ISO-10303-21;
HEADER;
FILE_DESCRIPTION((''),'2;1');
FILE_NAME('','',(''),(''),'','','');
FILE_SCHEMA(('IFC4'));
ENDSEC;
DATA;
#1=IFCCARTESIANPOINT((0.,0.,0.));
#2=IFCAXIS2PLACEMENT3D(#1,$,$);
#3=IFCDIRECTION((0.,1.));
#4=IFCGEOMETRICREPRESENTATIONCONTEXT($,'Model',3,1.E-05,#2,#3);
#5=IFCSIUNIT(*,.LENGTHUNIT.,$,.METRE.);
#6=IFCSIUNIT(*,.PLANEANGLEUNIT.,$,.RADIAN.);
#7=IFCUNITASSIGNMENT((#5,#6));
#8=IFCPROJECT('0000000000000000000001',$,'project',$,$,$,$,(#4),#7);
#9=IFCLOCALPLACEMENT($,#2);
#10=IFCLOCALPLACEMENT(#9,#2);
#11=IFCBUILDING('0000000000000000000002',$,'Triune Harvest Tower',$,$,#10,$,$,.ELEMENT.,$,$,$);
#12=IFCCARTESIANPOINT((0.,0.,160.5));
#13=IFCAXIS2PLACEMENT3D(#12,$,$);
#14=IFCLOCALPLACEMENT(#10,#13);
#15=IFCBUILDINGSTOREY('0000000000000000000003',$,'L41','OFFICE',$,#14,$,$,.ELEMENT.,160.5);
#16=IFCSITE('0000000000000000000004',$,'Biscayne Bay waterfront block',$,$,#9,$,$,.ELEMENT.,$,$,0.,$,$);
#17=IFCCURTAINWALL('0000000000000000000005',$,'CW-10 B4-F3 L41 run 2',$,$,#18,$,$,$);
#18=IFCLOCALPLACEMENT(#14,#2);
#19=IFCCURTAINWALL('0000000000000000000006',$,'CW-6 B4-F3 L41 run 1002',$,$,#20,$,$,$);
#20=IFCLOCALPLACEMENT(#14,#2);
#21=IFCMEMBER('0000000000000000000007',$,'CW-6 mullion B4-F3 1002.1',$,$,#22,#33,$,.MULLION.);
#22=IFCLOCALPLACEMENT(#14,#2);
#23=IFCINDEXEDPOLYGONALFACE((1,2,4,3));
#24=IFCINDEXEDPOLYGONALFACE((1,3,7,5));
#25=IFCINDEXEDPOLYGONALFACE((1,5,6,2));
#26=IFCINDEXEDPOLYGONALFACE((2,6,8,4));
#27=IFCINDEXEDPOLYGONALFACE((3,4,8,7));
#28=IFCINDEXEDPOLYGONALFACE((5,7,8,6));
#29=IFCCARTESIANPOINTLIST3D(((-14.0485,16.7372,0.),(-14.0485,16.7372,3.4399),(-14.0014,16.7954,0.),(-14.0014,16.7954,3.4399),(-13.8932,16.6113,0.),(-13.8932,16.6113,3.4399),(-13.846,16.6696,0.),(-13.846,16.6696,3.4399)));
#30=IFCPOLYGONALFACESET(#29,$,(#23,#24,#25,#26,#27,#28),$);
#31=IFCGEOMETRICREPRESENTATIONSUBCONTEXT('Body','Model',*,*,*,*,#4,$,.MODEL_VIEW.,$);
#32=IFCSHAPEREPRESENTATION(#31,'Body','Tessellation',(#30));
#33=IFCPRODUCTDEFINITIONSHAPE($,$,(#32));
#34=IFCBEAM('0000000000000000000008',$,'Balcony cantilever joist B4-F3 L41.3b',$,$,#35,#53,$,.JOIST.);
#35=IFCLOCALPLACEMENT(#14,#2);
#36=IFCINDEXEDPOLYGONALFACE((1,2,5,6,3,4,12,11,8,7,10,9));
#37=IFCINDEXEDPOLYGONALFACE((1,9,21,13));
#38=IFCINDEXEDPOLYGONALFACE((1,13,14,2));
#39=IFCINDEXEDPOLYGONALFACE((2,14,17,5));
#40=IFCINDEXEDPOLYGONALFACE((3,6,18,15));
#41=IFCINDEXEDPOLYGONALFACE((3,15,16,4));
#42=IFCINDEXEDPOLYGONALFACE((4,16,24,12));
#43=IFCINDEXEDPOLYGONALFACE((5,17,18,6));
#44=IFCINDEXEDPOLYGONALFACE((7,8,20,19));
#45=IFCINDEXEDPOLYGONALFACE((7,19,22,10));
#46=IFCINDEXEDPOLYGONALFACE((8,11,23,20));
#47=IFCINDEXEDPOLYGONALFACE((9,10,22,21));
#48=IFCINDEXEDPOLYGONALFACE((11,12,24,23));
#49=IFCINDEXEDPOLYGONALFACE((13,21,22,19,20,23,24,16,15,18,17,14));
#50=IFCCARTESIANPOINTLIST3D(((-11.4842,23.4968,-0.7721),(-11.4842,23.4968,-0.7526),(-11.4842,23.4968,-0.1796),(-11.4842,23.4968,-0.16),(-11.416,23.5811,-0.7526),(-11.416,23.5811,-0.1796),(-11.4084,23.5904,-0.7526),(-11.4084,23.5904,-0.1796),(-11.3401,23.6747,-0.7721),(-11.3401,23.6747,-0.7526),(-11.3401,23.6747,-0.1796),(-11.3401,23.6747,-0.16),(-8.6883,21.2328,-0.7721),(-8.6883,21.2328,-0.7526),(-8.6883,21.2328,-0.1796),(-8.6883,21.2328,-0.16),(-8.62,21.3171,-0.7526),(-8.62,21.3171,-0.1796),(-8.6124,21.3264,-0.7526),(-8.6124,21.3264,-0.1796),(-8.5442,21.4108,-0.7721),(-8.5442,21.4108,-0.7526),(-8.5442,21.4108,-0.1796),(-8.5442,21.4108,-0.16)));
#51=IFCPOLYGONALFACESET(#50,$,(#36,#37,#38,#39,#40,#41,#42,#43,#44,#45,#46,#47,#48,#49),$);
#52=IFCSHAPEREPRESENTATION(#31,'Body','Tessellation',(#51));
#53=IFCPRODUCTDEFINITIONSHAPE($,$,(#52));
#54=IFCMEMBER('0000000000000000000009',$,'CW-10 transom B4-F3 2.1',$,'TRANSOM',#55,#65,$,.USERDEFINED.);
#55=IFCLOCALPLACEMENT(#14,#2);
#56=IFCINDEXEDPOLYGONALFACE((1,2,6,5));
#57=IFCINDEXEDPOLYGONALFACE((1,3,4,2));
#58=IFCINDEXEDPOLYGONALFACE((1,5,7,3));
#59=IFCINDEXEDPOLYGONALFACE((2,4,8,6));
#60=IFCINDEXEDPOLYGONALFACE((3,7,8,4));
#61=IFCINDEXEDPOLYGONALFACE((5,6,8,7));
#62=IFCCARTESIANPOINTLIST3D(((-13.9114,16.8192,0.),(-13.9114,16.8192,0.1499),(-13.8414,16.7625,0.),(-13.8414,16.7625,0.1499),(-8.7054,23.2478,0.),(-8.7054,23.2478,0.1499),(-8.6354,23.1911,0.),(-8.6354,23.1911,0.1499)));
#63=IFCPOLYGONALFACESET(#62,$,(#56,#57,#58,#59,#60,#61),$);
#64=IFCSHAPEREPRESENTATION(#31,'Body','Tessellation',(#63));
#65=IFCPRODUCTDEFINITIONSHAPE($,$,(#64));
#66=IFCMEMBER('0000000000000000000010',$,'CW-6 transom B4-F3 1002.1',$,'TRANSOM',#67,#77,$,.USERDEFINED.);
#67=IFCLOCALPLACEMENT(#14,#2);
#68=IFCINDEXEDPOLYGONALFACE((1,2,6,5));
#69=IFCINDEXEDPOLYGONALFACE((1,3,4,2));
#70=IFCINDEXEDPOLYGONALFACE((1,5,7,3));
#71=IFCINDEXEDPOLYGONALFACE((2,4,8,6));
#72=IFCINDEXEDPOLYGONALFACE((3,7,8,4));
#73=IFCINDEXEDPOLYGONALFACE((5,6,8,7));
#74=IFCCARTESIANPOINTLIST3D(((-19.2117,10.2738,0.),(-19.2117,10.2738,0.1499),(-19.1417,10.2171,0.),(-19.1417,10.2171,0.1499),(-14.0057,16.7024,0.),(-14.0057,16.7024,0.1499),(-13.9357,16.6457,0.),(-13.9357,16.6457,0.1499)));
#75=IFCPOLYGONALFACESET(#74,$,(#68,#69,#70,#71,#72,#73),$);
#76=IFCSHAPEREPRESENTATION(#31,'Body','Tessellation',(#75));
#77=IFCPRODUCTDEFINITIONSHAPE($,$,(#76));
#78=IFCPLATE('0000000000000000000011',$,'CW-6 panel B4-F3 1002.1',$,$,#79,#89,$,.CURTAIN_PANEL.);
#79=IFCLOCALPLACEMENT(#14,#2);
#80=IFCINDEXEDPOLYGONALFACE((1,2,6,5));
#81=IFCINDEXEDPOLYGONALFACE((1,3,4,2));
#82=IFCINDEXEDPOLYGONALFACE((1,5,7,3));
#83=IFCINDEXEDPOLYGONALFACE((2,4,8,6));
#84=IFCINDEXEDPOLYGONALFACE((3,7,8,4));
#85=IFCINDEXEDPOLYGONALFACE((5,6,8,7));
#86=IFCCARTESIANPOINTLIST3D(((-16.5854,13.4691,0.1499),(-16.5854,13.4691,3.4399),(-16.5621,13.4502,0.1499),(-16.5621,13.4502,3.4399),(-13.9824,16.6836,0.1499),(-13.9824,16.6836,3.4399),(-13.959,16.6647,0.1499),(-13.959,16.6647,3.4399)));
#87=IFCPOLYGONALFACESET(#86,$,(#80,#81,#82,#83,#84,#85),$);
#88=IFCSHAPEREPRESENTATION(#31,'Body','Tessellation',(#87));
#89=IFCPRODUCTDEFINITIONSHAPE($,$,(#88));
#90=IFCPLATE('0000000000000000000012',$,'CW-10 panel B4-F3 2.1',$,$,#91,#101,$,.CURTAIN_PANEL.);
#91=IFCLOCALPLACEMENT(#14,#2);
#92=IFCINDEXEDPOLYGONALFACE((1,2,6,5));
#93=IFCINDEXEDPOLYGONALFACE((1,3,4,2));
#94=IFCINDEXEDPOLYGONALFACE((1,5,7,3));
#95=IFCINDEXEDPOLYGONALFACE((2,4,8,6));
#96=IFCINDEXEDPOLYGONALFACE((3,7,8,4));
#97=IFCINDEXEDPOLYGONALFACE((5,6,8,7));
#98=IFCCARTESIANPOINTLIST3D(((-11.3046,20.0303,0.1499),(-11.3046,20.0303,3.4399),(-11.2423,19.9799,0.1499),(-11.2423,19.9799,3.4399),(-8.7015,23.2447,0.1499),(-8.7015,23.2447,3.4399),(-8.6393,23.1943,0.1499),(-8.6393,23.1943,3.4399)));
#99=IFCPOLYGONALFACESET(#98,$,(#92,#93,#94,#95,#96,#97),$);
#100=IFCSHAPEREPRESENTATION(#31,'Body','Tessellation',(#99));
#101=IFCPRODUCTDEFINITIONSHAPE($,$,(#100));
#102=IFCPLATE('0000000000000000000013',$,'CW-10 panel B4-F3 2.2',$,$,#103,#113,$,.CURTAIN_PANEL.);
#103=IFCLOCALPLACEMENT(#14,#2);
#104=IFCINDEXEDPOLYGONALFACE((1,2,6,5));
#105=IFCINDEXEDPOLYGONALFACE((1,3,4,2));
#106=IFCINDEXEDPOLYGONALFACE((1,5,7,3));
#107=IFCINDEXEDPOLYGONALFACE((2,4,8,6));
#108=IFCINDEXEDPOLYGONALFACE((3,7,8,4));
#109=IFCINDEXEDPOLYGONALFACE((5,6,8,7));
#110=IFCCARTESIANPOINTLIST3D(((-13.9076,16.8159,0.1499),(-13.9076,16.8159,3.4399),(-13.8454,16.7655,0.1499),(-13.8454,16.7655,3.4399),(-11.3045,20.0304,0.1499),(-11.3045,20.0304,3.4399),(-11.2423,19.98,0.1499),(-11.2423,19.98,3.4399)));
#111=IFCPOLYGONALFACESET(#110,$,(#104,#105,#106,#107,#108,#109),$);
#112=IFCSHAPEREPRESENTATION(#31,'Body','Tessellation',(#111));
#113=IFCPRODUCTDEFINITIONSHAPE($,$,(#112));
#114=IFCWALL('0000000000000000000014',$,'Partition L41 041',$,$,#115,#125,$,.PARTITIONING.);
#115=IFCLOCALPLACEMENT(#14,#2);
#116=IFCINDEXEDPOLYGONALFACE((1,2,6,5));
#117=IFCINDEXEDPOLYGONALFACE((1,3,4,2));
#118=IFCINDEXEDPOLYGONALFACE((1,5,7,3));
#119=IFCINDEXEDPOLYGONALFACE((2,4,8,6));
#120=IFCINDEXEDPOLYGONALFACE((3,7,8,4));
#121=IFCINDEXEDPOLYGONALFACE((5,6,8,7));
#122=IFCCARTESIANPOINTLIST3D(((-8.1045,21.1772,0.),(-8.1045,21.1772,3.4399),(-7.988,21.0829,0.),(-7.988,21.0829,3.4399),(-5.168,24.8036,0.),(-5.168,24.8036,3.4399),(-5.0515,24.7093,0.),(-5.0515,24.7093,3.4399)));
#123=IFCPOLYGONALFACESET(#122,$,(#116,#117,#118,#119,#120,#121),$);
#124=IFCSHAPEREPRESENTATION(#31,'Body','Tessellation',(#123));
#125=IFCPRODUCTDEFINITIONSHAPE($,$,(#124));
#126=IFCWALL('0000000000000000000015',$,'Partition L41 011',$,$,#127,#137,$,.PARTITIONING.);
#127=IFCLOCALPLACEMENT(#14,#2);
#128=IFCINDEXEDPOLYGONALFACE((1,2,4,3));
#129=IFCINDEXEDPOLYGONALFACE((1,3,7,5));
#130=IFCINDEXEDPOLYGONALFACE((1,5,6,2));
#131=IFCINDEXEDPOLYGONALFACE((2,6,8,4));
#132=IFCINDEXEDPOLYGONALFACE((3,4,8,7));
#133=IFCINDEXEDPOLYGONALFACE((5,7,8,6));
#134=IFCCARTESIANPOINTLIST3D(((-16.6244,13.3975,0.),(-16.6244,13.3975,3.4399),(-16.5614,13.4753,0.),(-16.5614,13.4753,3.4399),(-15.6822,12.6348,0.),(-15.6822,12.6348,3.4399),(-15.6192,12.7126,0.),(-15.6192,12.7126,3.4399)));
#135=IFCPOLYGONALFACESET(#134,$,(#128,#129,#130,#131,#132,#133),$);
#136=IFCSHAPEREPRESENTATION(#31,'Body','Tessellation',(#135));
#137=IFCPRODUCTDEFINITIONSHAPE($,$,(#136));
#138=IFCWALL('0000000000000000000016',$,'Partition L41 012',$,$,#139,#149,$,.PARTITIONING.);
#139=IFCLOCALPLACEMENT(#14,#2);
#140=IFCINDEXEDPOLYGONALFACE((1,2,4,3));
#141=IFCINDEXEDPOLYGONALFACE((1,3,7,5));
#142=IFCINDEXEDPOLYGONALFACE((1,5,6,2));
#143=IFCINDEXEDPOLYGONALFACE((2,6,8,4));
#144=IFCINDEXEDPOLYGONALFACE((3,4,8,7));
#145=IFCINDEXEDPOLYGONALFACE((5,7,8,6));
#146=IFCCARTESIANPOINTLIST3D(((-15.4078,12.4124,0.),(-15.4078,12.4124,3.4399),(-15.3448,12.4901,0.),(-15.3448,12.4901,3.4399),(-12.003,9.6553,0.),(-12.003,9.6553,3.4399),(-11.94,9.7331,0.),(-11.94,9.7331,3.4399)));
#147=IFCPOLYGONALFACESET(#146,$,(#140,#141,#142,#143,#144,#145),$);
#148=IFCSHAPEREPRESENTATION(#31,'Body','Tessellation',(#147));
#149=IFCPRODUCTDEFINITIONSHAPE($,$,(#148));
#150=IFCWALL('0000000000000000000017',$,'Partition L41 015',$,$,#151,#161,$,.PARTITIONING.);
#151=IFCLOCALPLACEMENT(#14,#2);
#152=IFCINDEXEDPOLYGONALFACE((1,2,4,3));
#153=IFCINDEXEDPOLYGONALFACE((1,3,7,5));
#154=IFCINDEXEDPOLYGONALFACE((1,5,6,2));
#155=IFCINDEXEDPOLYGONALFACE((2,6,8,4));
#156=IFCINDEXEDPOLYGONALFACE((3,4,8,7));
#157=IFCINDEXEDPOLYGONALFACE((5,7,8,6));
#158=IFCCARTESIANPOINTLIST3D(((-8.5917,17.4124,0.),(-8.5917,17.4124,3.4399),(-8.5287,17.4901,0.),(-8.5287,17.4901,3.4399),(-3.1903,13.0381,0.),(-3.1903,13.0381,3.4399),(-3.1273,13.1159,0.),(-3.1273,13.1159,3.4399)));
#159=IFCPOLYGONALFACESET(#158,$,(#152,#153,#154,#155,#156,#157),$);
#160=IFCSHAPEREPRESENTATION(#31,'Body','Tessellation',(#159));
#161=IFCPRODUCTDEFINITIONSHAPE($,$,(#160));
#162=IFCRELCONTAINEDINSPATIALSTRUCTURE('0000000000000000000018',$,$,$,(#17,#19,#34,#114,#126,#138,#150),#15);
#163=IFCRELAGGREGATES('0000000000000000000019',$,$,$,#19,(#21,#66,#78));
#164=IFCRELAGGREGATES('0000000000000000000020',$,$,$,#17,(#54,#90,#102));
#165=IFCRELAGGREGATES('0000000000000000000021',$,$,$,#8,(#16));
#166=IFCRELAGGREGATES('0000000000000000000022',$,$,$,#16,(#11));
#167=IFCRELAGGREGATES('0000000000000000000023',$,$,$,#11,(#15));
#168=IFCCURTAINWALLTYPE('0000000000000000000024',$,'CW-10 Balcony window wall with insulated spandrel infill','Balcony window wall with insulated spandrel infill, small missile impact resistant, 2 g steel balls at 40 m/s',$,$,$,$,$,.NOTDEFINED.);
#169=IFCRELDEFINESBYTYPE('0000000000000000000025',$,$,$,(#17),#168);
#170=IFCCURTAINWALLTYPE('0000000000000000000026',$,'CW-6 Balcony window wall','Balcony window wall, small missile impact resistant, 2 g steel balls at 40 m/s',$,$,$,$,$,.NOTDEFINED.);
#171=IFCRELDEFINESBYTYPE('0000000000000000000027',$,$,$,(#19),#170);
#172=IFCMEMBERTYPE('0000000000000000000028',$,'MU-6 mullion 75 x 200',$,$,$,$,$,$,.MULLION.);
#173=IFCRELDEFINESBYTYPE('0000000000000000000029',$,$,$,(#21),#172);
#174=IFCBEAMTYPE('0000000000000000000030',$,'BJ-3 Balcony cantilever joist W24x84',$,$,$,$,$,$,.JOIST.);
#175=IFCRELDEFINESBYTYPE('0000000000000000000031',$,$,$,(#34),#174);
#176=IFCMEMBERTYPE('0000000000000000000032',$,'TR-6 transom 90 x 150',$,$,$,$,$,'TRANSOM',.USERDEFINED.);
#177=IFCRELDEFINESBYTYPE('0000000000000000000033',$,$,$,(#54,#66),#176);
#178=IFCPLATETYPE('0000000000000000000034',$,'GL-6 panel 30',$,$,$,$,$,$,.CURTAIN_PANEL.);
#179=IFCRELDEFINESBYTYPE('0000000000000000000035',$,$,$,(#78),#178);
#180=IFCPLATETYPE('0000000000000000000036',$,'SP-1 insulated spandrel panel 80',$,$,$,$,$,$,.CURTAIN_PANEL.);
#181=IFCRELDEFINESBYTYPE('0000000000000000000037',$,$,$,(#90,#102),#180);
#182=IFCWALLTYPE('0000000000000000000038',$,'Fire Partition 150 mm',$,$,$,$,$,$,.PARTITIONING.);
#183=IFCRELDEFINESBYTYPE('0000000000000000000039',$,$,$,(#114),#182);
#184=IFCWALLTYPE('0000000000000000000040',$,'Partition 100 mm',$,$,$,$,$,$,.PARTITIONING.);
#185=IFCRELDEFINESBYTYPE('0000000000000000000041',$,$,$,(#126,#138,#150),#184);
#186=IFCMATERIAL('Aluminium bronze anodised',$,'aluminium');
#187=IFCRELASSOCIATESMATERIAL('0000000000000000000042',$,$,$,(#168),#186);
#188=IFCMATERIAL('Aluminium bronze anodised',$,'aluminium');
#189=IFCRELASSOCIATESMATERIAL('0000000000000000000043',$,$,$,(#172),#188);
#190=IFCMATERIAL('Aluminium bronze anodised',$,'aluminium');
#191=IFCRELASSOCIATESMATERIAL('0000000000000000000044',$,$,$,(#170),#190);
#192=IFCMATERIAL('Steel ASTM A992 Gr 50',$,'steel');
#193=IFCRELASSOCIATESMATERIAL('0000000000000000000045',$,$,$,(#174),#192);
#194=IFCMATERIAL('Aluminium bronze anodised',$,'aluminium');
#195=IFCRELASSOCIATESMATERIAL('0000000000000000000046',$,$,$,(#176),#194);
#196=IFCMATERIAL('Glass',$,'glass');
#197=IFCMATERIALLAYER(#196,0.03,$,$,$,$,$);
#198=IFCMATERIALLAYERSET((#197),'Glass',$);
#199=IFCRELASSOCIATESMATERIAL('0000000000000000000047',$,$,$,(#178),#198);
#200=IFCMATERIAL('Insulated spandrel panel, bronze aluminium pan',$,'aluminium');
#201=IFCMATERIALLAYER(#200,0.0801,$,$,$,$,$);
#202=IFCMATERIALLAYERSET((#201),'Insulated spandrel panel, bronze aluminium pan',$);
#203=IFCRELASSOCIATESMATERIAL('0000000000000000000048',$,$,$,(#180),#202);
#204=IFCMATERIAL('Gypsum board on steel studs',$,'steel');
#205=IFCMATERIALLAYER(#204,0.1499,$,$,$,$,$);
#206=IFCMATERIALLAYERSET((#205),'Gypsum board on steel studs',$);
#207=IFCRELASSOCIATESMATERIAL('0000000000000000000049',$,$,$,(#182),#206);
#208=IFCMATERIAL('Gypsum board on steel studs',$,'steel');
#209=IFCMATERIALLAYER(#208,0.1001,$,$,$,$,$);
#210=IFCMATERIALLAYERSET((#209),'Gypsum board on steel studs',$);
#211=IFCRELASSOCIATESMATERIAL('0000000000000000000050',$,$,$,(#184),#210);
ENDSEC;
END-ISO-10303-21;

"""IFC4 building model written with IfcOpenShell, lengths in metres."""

from ifc_helpers import new_model, si_unit, direction, frame, frame_2d, origin, origin_2d, place, context, subcontext, project, spatial, rectangle, i_section, extrude, source, transform, mapped, material, layer, layer_set, material_profile, profile_set, type_object, element, aggregate, save


model = new_model("IFC4")

# Units and contexts
model_context = context("Model", 3, precision=1e-05, world=origin(), true_north=direction((0.0, 1.0)))
body_context = subcontext(model_context, "Body", "Model", "MODEL_VIEW")
ifc_project = project(units=[si_unit("LENGTHUNIT", "METRE"), si_unit("PLANEANGLEUNIT", "RADIAN")], contexts=[model_context])

# Site, building, storey
site_placement = place(None, origin())
site = spatial("IfcSite", under=ifc_project, at=site_placement, Name="Biscayne Bay waterfront block", CompositionType="ELEMENT", RefElevation=0.0)
building_placement = place(site_placement, origin())
building = spatial("IfcBuilding", under=site, at=building_placement, Name="Triune Harvest Tower", CompositionType="ELEMENT")
storey_placement = place(building_placement, frame((0.0, 0.0, 160.5)))
storey = spatial("IfcBuildingStorey", under=building, at=storey_placement, Name="L41", Description="OFFICE", CompositionType="ELEMENT", Elevation=160.5)

# Curtain walls, member
ifc_material_1 = material(Name="Aluminium bronze anodised", Category="aluminium")
curtain_wall_type_1 = type_object("IfcCurtainWallType", Name="CW-10 Balcony window wall with insulated spandrel infill", Description="Balcony window wall with insulated spandrel infill, small missile impact resistant, 2 g steel balls at 40 m/s", PredefinedType="NOTDEFINED", material=ifc_material_1)
curtain_wall_1_placement = place(storey_placement, origin())
curtain_wall_1 = element("IfcCurtainWall", 1, at=curtain_wall_1_placement, inside=storey, type_object=curtain_wall_type_1, Name="CW-10 B4-F3 L41 run 2")
ifc_material_2 = material(Name="Aluminium bronze anodised", Category="aluminium")
ifc_material_profile_1 = material_profile(ifc_material_2, rectangle(XDim=0.2, YDim=0.075, at=origin_2d()), Name="MU-6 mullion 75 x 200")
ifc_profile_set_1 = profile_set([ifc_material_profile_1], Name="Aluminium bronze anodised")
member_type_1 = type_object("IfcMemberType", Name="MU-6 mullion 75 x 200", PredefinedType="MULLION", material=ifc_profile_set_1)
shared_shape_1 = source(origin(), body_context, "Body", "SweptSolid", [
    extrude(rectangle(XDim=0.2, YDim=0.075, at=origin_2d()), origin(), (0.0, 0.0, 1.0), 3.4399),
])
ifc_material_3 = material(Name="Aluminium bronze anodised", Category="aluminium")
curtain_wall_type_2 = type_object("IfcCurtainWallType", Name="CW-6 Balcony window wall", Description="Balcony window wall, small missile impact resistant, 2 g steel balls at 40 m/s", PredefinedType="NOTDEFINED", material=ifc_material_3)
curtain_wall_2_placement = place(storey_placement, origin())
curtain_wall_2 = element("IfcCurtainWall", 2, at=curtain_wall_2_placement, inside=storey, type_object=curtain_wall_type_2, Name="CW-6 B4-F3 L41 run 1002")
member_1_placement = place(storey_placement, frame((-13.9473, 16.7034, 0.0), z_axis=(0.0, 0.0, 1.0), x_axis=(0.777145, -0.629322, 0.0)))
member_1 = element("IfcMember", 3, at=member_1_placement, type_object=member_type_1, Name="CW-6 mullion B4-F3 1002.1", PredefinedType="MULLION", context=body_context, shape_type="MappedRepresentation", body=[
    mapped(shared_shape_1, transform((0.0, 0.0, 0.0), scale=1.0)),
])

# Beam
ifc_material_4 = material(Name="Steel ASTM A992 Gr 50", Category="steel")
ifc_material_profile_2 = material_profile(ifc_material_4, i_section(OverallWidth=0.229, OverallDepth=0.6121, WebThickness=0.012, FlangeThickness=0.0195, at=origin_2d()), Name="W24x84")
ifc_profile_set_2 = profile_set([ifc_material_profile_2], Name="Steel ASTM A992 Gr 50")
beam_type_1 = type_object("IfcBeamType", Name="BJ-3 Balcony cantilever joist W24x84", PredefinedType="JOIST", material=ifc_profile_set_2)
shared_shape_2 = source(origin(), body_context, "Body", "SweptSolid", [
    extrude(i_section(OverallWidth=0.229, OverallDepth=0.6121, WebThickness=0.012, FlangeThickness=0.0195, at=origin_2d()), origin(), (0.0, 0.0, 1.0), 3.5977),
])
beam_1_placement = place(storey_placement, frame((-8.6162, 21.3218, -0.4661), z_axis=(-0.777167, 0.629294, 0.0), x_axis=(-0.629294, -0.777167, 0.0)))
element("IfcBeam", 4, at=beam_1_placement, inside=storey, type_object=beam_type_1, Name="Balcony cantilever joist B4-F3 L41.3b", PredefinedType="JOIST", context=body_context, shape_type="MappedRepresentation", body=[
    mapped(shared_shape_2, transform((0.0, 0.0, 0.0), scale=1.0)),
])

# Members
ifc_material_5 = material(Name="Aluminium bronze anodised", Category="aluminium")
ifc_material_profile_3 = material_profile(ifc_material_5, rectangle(XDim=0.0901, YDim=0.1499, at=origin_2d()), Name="TR-6 transom 90 x 150")
ifc_profile_set_3 = profile_set([ifc_material_profile_3], Name="Aluminium bronze anodised")
member_type_2 = type_object("IfcMemberType", Name="TR-6 transom 90 x 150", ElementType="TRANSOM", PredefinedType="USERDEFINED", material=ifc_profile_set_3)
shared_shape_3 = source(origin(), body_context, "Body", "SweptSolid", [
    extrude(rectangle(XDim=0.0901, YDim=0.1499, at=origin_2d()), origin(), (0.0, 0.0, 1.0), 8.2722),
])
member_2_placement = place(storey_placement, frame((-8.6704, 23.2195, 0.075), z_axis=(-0.629334, -0.777135, 0.0), x_axis=(0.777135, -0.629334, 0.0)))
member_2 = element("IfcMember", 5, at=member_2_placement, type_object=member_type_2, Name="CW-10 transom B4-F3 2.1", ObjectType="TRANSOM", PredefinedType="USERDEFINED", context=body_context, shape_type="MappedRepresentation", body=[
    mapped(shared_shape_3, transform((0.0, 0.0, 0.0), scale=1.0)),
])
member_3_placement = place(storey_placement, frame((-13.9707, 16.6741, 0.075), z_axis=(-0.629334, -0.777135, 0.0), x_axis=(0.777135, -0.629334, 0.0)))
member_3 = element("IfcMember", 6, at=member_3_placement, type_object=member_type_2, Name="CW-6 transom B4-F3 1002.1", ObjectType="TRANSOM", PredefinedType="USERDEFINED", context=body_context, shape_type="MappedRepresentation", body=[
    mapped(shared_shape_3, transform((0.0, 0.0, 0.0), scale=1.0)),
])

# Plates
ifc_material_6 = material(Name="Glass", Category="glass")
ifc_layer_1 = layer(ifc_material_6, 0.03)
ifc_layer_set_1 = layer_set([ifc_layer_1], Name="Glass")
plate_type_1 = type_object("IfcPlateType", Name="GL-6 panel 30", PredefinedType="CURTAIN_PANEL", material=ifc_layer_set_1)
shared_shape_4 = source(origin(), body_context, "Body", "SweptSolid", [
    extrude(rectangle(XDim=4.1362, YDim=0.03, at=origin_2d()), origin(), (0.0, 0.0, 1.0), 3.29),
])
plate_1_placement = place(storey_placement, frame((-15.2722, 15.0669, 0.1499), z_axis=(0.0, 0.0, 1.0), x_axis=(-0.629322, -0.777145, 0.0)))
plate_1 = element("IfcPlate", 7, at=plate_1_placement, type_object=plate_type_1, Name="CW-6 panel B4-F3 1002.1", PredefinedType="CURTAIN_PANEL", context=body_context, shape_type="MappedRepresentation", body=[
    mapped(shared_shape_4, transform((0.0, 0.0, 0.0), scale=1.0)),
])
aggregate(curtain_wall_2, [member_1, member_3, plate_1])
ifc_material_7 = material(Name="Insulated spandrel panel, bronze aluminium pan", Category="aluminium")
ifc_layer_2 = layer(ifc_material_7, 0.0801)
ifc_layer_set_2 = layer_set([ifc_layer_2], Name="Insulated spandrel panel, bronze aluminium pan")
plate_type_2 = type_object("IfcPlateType", Name="SP-1 insulated spandrel panel 80", PredefinedType="CURTAIN_PANEL", material=ifc_layer_set_2)
shared_shape_5 = source(origin(), body_context, "Body", "SweptSolid", [
    extrude(rectangle(XDim=4.1362, YDim=0.0801, at=origin_2d()), origin(), (0.0, 0.0, 1.0), 3.29),
])
plate_2_placement = place(storey_placement, frame((-9.9719, 21.6123, 0.1499), z_axis=(0.0, 0.0, 1.0), x_axis=(-0.629325, -0.777142, 0.0)))
plate_2 = element("IfcPlate", 8, at=plate_2_placement, type_object=plate_type_2, Name="CW-10 panel B4-F3 2.1", PredefinedType="CURTAIN_PANEL", context=body_context, shape_type="MappedRepresentation", body=[
    mapped(shared_shape_5, transform((0.0, 0.0, 0.0), scale=1.0)),
])
plate_3_placement = place(storey_placement, frame((-12.575, 18.3979, 0.1499), z_axis=(0.0, 0.0, 1.0), x_axis=(-0.629325, -0.777142, 0.0)))
plate_3 = element("IfcPlate", 9, at=plate_3_placement, type_object=plate_type_2, Name="CW-10 panel B4-F3 2.2", PredefinedType="CURTAIN_PANEL", context=body_context, shape_type="MappedRepresentation", body=[
    mapped(shared_shape_5, transform((0.0, 0.0, 0.0), scale=1.0)),
])
aggregate(curtain_wall_1, [member_2, plate_2, plate_3])

# Walls
ifc_material_8 = material(Name="Gypsum board on steel studs", Category="steel")
ifc_layer_3 = layer(ifc_material_8, 0.1499)
ifc_layer_set_3 = layer_set([ifc_layer_3], Name="Gypsum board on steel studs")
wall_type_1 = type_object("IfcWallType", Name="Fire Partition 150 mm", PredefinedType="PARTITIONING", material=ifc_layer_set_3)
wall_1_placement = place(storey_placement, frame((-8.0461, 21.1301, 0.0), z_axis=(0.0, 0.0, 1.0), x_axis=(0.629304, 0.77716, 0.0)))
element("IfcWall", 10, at=wall_1_placement, inside=storey, type_object=wall_type_1, Name="Partition L41 041", PredefinedType="PARTITIONING", context=body_context, shape_type="SweptSolid", body=[
    extrude(rectangle(XDim=4.6663, YDim=0.1499, at=frame_2d((2.333, 0.0))), origin(), (0.0, 0.0, 1.0), 3.4399),
])
ifc_material_9 = material(Name="Gypsum board on steel studs", Category="steel")
ifc_layer_4 = layer(ifc_material_9, 0.1001)
ifc_layer_set_4 = layer_set([ifc_layer_4], Name="Gypsum board on steel studs")
wall_type_2 = type_object("IfcWallType", Name="Partition 100 mm", PredefinedType="PARTITIONING", material=ifc_layer_set_4)
shared_shape_6 = source(origin(), body_context, "Body", "SweptSolid", [
    extrude(rectangle(XDim=1.2122, YDim=0.1001, at=frame_2d((0.606, 0.0))), origin(), (0.0, 0.0, 1.0), 3.4399),
])
wall_2_placement = place(storey_placement, frame((-16.5928, 13.4363, 0.0), z_axis=(0.0, 0.0, 1.0), x_axis=(0.77724, -0.629204, 0.0)))
element("IfcWall", 11, at=wall_2_placement, inside=storey, type_object=wall_type_2, Name="Partition L41 011", PredefinedType="PARTITIONING", context=body_context, shape_type="MappedRepresentation", body=[
    mapped(shared_shape_6, transform((0.0, 0.0, 0.0), scale=1.0)),
])
shared_shape_7 = source(origin(), body_context, "Body", "SweptSolid", [
    extrude(rectangle(XDim=4.3811, YDim=0.1001, at=frame_2d((2.1904, 0.0))), origin(), (0.0, 0.0, 1.0), 3.4399),
])
wall_3_placement = place(storey_placement, frame((-15.3762, 12.4512, 0.0), z_axis=(0.0, 0.0, 1.0), x_axis=(0.777153, -0.629312, 0.0)))
element("IfcWall", 12, at=wall_3_placement, inside=storey, type_object=wall_type_2, Name="Partition L41 012", PredefinedType="PARTITIONING", context=body_context, shape_type="MappedRepresentation", body=[
    mapped(shared_shape_7, transform((0.0, 0.0, 0.0), scale=1.0)),
])
shared_shape_8 = source(origin(), body_context, "Body", "SweptSolid", [
    extrude(rectangle(XDim=6.9504, YDim=0.1001, at=frame_2d((3.4751, 0.0))), origin(), (0.0, 0.0, 1.0), 3.4399),
])
wall_4_placement = place(storey_placement, frame((-8.5601, 17.4512, 0.0), z_axis=(0.0, 0.0, 1.0), x_axis=(0.777123, -0.629349, 0.0)))
element("IfcWall", 13, at=wall_4_placement, inside=storey, type_object=wall_type_2, Name="Partition L41 015", PredefinedType="PARTITIONING", context=body_context, shape_type="MappedRepresentation", body=[
    mapped(shared_shape_8, transform((0.0, 0.0, 0.0), scale=1.0)),
])

save(model, "model.ifc")
